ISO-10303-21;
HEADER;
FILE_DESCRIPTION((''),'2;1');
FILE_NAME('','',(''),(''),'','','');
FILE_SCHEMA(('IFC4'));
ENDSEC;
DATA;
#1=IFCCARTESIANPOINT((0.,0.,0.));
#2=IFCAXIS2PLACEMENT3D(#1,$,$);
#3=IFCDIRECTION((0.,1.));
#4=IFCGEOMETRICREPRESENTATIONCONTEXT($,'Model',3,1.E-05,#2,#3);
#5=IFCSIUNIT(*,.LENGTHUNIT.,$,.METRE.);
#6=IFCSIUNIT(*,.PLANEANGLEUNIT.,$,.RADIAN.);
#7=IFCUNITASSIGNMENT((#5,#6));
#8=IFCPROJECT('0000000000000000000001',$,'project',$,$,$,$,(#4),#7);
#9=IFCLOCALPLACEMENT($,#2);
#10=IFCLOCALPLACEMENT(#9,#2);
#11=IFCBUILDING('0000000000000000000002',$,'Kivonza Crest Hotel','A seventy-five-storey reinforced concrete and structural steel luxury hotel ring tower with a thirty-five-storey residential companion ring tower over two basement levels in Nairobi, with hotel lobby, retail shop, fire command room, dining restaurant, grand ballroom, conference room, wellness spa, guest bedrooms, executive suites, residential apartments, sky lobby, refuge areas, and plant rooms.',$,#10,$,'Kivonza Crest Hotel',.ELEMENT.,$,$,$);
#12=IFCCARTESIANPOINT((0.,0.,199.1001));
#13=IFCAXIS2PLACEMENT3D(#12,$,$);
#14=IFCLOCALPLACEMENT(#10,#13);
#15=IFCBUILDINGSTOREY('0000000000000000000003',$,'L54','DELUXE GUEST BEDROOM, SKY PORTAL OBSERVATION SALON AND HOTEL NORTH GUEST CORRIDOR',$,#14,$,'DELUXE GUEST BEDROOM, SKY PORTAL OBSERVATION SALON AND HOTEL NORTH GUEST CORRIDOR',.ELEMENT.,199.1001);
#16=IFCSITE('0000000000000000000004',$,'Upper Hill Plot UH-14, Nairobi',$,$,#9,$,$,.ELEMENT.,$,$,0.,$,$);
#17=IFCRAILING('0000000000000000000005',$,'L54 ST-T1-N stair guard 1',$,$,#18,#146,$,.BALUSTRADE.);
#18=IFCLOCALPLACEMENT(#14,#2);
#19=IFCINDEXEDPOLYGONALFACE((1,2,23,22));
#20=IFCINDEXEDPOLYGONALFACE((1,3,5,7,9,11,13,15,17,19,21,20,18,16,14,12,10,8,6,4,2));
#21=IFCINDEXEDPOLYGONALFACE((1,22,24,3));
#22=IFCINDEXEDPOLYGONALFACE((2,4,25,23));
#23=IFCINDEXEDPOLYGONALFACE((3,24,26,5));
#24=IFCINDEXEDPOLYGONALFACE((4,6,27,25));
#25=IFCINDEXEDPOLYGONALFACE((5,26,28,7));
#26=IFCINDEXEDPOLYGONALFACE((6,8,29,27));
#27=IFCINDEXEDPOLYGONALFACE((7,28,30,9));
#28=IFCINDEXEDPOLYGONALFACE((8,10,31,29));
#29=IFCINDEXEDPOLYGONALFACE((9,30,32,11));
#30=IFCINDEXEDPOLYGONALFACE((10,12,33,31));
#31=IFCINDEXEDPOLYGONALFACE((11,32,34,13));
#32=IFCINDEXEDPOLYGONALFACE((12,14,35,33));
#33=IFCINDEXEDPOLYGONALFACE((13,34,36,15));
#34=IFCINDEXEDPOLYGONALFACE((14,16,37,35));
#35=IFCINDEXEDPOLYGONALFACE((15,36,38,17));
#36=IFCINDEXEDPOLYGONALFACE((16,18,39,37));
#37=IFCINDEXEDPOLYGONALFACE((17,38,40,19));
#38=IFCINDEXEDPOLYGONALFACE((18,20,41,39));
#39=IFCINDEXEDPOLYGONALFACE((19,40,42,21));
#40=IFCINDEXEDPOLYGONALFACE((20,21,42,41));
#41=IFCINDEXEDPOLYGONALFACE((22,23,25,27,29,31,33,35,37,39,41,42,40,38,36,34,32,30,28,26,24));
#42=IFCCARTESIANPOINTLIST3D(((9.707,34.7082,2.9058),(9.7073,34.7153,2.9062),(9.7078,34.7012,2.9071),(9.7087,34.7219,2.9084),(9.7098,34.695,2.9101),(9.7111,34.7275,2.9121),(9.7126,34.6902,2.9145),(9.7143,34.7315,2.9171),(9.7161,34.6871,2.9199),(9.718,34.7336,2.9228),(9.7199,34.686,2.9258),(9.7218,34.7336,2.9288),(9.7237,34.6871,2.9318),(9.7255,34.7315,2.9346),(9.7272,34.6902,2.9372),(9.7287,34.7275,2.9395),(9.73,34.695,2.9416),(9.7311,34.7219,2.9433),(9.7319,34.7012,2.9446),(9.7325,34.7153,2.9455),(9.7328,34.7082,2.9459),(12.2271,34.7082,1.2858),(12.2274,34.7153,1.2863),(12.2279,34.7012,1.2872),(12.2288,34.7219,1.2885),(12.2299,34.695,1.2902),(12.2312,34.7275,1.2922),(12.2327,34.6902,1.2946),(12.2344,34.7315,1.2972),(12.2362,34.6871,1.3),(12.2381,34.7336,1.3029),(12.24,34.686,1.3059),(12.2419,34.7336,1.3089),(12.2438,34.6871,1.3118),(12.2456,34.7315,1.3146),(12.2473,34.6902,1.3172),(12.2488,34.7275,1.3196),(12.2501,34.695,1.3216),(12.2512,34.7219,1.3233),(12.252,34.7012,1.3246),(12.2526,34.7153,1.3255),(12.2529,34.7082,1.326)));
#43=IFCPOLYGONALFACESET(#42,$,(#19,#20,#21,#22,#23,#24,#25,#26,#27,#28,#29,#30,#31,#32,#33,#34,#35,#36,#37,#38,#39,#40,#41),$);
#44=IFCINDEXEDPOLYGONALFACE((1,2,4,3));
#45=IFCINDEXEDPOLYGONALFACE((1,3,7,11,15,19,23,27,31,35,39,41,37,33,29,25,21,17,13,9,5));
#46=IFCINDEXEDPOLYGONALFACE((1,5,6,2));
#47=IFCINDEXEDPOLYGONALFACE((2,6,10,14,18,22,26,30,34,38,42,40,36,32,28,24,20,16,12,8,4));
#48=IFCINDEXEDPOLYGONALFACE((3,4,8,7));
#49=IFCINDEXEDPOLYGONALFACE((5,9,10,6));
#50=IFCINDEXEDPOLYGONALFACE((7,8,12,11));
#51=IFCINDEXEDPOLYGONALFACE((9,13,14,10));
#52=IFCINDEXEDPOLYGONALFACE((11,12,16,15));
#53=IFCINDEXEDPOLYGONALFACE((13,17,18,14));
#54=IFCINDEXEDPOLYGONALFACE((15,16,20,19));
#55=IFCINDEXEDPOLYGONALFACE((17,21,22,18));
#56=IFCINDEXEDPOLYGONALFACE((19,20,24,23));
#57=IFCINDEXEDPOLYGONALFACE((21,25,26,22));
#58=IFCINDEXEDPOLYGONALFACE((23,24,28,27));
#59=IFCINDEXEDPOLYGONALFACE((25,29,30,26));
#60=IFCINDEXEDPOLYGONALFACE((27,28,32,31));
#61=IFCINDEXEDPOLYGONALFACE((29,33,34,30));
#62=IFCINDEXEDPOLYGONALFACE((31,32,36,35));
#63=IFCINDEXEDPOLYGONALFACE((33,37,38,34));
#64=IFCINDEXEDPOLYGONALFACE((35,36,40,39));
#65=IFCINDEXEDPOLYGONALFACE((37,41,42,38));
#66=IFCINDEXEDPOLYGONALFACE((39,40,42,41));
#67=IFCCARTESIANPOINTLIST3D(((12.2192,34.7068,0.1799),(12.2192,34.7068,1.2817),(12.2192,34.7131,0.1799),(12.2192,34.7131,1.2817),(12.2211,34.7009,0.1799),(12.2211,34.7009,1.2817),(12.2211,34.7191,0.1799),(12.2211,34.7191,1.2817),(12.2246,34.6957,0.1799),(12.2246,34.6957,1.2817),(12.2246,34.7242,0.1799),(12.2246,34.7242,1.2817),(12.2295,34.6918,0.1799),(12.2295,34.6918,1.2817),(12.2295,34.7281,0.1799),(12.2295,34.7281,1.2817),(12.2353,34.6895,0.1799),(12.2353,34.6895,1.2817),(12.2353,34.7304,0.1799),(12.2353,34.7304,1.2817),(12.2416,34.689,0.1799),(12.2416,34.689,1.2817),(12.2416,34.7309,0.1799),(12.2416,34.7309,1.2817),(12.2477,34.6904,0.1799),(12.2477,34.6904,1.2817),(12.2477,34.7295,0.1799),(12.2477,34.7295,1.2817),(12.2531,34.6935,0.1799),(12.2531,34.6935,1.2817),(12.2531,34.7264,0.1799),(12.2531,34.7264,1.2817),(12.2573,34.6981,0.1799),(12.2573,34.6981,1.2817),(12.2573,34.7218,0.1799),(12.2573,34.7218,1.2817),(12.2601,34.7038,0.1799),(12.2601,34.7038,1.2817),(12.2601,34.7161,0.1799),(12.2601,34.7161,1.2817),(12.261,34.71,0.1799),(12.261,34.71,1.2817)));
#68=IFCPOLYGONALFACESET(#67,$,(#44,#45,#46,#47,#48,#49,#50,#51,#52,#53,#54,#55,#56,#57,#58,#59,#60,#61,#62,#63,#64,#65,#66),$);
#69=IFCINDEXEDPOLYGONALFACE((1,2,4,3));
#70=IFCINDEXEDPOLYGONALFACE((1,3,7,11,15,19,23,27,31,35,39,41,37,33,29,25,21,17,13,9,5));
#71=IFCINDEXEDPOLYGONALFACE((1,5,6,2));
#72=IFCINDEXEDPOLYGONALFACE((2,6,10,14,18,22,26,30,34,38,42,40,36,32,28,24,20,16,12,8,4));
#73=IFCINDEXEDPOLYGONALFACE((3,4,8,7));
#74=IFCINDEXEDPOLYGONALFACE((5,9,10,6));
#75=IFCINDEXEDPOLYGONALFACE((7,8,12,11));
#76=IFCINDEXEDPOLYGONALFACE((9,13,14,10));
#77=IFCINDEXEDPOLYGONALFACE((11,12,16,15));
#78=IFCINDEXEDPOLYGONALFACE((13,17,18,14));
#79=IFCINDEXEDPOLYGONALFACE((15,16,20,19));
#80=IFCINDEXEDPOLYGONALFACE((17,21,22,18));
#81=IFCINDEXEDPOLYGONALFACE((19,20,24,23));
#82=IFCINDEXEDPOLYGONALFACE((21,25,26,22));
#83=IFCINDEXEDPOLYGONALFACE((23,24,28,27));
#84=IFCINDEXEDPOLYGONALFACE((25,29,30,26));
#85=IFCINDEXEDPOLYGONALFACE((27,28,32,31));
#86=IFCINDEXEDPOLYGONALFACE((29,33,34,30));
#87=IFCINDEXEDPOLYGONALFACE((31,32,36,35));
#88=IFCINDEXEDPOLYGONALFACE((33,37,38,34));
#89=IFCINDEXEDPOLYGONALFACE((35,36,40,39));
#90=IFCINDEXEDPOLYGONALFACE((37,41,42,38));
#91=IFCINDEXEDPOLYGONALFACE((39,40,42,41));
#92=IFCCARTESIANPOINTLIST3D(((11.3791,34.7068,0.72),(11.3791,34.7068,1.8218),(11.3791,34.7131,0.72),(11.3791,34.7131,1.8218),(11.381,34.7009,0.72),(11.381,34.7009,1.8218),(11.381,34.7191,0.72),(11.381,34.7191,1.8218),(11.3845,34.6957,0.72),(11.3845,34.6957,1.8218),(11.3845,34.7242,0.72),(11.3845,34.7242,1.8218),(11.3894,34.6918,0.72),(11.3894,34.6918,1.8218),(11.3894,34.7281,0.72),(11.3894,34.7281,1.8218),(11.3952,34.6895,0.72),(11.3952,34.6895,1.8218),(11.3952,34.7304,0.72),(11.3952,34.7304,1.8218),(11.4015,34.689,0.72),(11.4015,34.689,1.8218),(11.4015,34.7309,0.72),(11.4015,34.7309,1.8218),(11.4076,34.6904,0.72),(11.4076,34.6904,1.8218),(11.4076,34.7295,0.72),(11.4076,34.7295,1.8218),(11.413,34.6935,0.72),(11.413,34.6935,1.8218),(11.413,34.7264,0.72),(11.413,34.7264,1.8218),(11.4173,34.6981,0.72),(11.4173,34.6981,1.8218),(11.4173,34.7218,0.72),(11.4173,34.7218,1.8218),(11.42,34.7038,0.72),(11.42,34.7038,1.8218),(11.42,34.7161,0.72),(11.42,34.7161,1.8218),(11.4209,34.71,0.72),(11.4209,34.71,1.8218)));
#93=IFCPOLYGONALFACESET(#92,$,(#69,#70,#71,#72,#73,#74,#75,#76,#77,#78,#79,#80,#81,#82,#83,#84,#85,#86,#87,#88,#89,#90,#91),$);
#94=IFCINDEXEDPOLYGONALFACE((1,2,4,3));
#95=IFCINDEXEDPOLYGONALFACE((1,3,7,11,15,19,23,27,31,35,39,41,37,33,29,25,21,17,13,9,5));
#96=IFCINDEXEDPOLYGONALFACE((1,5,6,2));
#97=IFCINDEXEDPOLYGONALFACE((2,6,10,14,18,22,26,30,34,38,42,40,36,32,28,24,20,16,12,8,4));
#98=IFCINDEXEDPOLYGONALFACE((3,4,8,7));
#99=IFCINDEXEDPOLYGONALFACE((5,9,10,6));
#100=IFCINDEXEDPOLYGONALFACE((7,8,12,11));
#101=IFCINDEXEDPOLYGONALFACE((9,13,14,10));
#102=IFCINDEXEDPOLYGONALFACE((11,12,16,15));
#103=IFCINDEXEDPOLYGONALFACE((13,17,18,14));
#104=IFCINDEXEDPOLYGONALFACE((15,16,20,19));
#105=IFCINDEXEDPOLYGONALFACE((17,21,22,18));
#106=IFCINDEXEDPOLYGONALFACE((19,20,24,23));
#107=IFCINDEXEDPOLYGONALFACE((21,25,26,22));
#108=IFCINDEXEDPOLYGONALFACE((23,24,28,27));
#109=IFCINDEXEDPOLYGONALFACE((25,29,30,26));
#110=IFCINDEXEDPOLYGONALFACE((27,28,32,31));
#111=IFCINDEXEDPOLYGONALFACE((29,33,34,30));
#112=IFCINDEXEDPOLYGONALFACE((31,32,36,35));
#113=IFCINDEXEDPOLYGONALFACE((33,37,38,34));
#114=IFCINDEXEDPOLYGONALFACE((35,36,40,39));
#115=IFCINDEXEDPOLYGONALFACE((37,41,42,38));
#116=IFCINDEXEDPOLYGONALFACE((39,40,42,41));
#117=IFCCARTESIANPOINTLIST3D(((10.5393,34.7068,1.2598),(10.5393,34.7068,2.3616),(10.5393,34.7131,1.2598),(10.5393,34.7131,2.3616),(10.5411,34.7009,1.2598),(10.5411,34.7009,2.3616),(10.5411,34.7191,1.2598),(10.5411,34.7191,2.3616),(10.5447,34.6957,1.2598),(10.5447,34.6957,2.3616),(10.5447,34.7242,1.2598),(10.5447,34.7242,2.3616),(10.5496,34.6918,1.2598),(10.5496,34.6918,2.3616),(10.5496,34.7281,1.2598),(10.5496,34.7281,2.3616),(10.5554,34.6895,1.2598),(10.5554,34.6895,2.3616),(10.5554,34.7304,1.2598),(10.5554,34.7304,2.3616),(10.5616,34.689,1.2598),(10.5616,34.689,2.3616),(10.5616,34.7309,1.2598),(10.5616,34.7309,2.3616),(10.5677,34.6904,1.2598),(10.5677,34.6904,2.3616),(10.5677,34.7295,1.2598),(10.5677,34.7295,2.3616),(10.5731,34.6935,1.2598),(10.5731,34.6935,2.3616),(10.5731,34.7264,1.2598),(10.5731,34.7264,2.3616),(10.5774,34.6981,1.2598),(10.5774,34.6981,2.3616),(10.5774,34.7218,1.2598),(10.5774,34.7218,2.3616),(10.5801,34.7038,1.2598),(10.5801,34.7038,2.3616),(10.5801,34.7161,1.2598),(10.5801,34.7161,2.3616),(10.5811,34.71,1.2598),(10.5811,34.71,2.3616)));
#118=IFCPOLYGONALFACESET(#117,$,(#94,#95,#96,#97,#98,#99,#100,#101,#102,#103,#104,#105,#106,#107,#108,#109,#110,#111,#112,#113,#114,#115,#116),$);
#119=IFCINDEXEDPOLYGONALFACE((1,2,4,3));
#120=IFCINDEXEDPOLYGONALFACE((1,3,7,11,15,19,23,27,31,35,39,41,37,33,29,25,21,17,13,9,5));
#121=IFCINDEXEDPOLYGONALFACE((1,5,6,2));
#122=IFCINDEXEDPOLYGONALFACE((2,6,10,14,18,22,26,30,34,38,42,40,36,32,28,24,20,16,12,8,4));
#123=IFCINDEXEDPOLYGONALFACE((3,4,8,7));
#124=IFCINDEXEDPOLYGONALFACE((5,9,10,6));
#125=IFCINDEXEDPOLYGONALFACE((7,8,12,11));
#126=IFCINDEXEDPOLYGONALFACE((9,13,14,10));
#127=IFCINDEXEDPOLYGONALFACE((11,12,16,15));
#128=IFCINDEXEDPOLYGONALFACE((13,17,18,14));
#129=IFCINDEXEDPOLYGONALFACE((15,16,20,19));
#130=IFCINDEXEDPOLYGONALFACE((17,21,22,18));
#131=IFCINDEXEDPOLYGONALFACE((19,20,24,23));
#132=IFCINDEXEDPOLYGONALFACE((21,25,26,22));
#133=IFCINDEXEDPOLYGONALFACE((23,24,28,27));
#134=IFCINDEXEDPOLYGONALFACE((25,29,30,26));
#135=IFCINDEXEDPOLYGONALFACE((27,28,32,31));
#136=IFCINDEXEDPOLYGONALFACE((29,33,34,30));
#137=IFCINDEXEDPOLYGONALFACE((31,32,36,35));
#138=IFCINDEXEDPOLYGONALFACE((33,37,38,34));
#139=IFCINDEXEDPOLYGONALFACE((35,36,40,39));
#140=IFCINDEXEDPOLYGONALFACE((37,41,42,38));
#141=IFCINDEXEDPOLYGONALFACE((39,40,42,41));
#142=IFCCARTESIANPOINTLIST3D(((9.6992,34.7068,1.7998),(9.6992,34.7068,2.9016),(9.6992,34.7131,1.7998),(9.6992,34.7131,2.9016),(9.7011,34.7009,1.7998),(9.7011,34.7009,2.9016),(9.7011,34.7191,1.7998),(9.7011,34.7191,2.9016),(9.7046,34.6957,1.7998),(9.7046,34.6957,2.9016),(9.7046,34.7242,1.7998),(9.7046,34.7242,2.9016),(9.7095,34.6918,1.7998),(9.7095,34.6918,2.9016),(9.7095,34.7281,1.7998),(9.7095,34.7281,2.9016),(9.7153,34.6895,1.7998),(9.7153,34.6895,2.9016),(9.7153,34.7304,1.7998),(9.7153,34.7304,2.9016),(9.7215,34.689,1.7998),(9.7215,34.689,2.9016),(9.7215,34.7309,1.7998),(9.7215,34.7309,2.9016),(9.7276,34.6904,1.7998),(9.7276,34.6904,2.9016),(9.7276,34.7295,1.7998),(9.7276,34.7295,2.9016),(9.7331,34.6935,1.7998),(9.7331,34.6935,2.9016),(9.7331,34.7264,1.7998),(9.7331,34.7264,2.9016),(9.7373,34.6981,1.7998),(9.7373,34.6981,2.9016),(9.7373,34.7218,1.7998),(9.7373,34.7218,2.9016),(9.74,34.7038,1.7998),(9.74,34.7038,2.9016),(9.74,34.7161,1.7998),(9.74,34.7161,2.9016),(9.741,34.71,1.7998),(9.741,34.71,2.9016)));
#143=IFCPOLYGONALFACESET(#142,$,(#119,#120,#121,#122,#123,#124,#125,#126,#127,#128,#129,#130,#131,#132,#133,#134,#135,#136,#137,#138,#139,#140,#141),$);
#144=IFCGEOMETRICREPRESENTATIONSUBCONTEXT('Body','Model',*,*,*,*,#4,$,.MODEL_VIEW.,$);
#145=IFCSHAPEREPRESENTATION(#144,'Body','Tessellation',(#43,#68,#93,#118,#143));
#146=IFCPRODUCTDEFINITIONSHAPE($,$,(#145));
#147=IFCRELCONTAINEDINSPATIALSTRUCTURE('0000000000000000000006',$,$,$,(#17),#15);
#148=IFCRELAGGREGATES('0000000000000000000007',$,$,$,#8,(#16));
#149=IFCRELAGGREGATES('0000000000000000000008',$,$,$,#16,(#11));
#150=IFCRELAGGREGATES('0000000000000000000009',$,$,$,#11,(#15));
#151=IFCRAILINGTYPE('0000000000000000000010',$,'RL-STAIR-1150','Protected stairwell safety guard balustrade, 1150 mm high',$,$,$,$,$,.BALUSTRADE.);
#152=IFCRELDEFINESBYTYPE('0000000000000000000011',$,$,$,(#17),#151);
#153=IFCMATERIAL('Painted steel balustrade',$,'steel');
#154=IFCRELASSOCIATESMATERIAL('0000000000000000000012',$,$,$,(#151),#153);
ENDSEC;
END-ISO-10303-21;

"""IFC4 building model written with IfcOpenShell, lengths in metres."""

from ifc_helpers import new_model, si_unit, direction, frame, origin, origin_2d, place, context, subcontext, project, spatial, circle, extrude, material, type_object, element, save


model = new_model("IFC4")

# Units and contexts
model_context = context("Model", 3, precision=1e-05, world=origin(), true_north=direction((0.0, 1.0)))
body_context = subcontext(model_context, "Body", "Model", "MODEL_VIEW")
ifc_project = project(units=[si_unit("LENGTHUNIT", "METRE"), si_unit("PLANEANGLEUNIT", "RADIAN")], contexts=[model_context])

# Site, building, storey
site_placement = place(None, origin())
site = spatial("IfcSite", under=ifc_project, at=site_placement, Name="Upper Hill Plot UH-14, Nairobi", CompositionType="ELEMENT", RefElevation=0.0)
building_placement = place(site_placement, origin())
building = spatial("IfcBuilding", under=site, at=building_placement, Name="Kivonza Crest Hotel", Description="A seventy-five-storey reinforced concrete and structural steel luxury hotel ring tower with a thirty-five-storey residential companion ring tower over two basement levels in Nairobi, with hotel lobby, retail shop, fire command room, dining restaurant, grand ballroom, conference room, wellness spa, guest bedrooms, executive suites, residential apartments, sky lobby, refuge areas, and plant rooms.", LongName="Kivonza Crest Hotel", CompositionType="ELEMENT")
storey_placement = place(building_placement, frame((0.0, 0.0, 199.1001)))
storey = spatial("IfcBuildingStorey", under=building, at=storey_placement, Name="L54", Description="DELUXE GUEST BEDROOM, SKY PORTAL OBSERVATION SALON AND HOTEL NORTH GUEST CORRIDOR", LongName="DELUXE GUEST BEDROOM, SKY PORTAL OBSERVATION SALON AND HOTEL NORTH GUEST CORRIDOR", CompositionType="ELEMENT", Elevation=199.1001)

# Railing
ifc_material_1 = material(Name="Painted steel balustrade", Category="steel")
railing_type_1 = type_object("IfcRailingType", Name="RL-STAIR-1150", Description="Protected stairwell safety guard balustrade, 1150 mm high", PredefinedType="BALUSTRADE", material=ifc_material_1)
railing_1_placement = place(storey_placement, frame((12.24, 34.71, 0.1799)))
element("IfcRailing", 1, at=railing_1_placement, inside=storey, type_object=railing_type_1, Name="L54 ST-T1-N stair guard 1", PredefinedType="BALUSTRADE", context=body_context, shape_type="SweptSolid", body=[
    extrude(circle(Radius=0.0239, at=origin_2d()), frame((0.0, 0.0, 1.126), z_axis=(-0.8412, 0.0, 0.540725), x_axis=(0.0, -1.0, 0.0)), (0.0, 0.0, 1.0), 2.9958),
    extrude(circle(Radius=0.021, at=origin_2d()), origin(), (0.0, 0.0, 1.0), 1.1018),
    extrude(circle(Radius=0.021, at=origin_2d()), frame((-0.8401, 0.0, 0.54)), (0.0, 0.0, 1.0), 1.1018),
    extrude(circle(Radius=0.021, at=origin_2d()), frame((-1.6799, 0.0, 1.0798)), (0.0, 0.0, 1.0), 1.1018),
    extrude(circle(Radius=0.021, at=origin_2d()), frame((-2.52, 0.0, 1.6199)), (0.0, 0.0, 1.0), 1.1018),
])

save(model, "model.ifc")
